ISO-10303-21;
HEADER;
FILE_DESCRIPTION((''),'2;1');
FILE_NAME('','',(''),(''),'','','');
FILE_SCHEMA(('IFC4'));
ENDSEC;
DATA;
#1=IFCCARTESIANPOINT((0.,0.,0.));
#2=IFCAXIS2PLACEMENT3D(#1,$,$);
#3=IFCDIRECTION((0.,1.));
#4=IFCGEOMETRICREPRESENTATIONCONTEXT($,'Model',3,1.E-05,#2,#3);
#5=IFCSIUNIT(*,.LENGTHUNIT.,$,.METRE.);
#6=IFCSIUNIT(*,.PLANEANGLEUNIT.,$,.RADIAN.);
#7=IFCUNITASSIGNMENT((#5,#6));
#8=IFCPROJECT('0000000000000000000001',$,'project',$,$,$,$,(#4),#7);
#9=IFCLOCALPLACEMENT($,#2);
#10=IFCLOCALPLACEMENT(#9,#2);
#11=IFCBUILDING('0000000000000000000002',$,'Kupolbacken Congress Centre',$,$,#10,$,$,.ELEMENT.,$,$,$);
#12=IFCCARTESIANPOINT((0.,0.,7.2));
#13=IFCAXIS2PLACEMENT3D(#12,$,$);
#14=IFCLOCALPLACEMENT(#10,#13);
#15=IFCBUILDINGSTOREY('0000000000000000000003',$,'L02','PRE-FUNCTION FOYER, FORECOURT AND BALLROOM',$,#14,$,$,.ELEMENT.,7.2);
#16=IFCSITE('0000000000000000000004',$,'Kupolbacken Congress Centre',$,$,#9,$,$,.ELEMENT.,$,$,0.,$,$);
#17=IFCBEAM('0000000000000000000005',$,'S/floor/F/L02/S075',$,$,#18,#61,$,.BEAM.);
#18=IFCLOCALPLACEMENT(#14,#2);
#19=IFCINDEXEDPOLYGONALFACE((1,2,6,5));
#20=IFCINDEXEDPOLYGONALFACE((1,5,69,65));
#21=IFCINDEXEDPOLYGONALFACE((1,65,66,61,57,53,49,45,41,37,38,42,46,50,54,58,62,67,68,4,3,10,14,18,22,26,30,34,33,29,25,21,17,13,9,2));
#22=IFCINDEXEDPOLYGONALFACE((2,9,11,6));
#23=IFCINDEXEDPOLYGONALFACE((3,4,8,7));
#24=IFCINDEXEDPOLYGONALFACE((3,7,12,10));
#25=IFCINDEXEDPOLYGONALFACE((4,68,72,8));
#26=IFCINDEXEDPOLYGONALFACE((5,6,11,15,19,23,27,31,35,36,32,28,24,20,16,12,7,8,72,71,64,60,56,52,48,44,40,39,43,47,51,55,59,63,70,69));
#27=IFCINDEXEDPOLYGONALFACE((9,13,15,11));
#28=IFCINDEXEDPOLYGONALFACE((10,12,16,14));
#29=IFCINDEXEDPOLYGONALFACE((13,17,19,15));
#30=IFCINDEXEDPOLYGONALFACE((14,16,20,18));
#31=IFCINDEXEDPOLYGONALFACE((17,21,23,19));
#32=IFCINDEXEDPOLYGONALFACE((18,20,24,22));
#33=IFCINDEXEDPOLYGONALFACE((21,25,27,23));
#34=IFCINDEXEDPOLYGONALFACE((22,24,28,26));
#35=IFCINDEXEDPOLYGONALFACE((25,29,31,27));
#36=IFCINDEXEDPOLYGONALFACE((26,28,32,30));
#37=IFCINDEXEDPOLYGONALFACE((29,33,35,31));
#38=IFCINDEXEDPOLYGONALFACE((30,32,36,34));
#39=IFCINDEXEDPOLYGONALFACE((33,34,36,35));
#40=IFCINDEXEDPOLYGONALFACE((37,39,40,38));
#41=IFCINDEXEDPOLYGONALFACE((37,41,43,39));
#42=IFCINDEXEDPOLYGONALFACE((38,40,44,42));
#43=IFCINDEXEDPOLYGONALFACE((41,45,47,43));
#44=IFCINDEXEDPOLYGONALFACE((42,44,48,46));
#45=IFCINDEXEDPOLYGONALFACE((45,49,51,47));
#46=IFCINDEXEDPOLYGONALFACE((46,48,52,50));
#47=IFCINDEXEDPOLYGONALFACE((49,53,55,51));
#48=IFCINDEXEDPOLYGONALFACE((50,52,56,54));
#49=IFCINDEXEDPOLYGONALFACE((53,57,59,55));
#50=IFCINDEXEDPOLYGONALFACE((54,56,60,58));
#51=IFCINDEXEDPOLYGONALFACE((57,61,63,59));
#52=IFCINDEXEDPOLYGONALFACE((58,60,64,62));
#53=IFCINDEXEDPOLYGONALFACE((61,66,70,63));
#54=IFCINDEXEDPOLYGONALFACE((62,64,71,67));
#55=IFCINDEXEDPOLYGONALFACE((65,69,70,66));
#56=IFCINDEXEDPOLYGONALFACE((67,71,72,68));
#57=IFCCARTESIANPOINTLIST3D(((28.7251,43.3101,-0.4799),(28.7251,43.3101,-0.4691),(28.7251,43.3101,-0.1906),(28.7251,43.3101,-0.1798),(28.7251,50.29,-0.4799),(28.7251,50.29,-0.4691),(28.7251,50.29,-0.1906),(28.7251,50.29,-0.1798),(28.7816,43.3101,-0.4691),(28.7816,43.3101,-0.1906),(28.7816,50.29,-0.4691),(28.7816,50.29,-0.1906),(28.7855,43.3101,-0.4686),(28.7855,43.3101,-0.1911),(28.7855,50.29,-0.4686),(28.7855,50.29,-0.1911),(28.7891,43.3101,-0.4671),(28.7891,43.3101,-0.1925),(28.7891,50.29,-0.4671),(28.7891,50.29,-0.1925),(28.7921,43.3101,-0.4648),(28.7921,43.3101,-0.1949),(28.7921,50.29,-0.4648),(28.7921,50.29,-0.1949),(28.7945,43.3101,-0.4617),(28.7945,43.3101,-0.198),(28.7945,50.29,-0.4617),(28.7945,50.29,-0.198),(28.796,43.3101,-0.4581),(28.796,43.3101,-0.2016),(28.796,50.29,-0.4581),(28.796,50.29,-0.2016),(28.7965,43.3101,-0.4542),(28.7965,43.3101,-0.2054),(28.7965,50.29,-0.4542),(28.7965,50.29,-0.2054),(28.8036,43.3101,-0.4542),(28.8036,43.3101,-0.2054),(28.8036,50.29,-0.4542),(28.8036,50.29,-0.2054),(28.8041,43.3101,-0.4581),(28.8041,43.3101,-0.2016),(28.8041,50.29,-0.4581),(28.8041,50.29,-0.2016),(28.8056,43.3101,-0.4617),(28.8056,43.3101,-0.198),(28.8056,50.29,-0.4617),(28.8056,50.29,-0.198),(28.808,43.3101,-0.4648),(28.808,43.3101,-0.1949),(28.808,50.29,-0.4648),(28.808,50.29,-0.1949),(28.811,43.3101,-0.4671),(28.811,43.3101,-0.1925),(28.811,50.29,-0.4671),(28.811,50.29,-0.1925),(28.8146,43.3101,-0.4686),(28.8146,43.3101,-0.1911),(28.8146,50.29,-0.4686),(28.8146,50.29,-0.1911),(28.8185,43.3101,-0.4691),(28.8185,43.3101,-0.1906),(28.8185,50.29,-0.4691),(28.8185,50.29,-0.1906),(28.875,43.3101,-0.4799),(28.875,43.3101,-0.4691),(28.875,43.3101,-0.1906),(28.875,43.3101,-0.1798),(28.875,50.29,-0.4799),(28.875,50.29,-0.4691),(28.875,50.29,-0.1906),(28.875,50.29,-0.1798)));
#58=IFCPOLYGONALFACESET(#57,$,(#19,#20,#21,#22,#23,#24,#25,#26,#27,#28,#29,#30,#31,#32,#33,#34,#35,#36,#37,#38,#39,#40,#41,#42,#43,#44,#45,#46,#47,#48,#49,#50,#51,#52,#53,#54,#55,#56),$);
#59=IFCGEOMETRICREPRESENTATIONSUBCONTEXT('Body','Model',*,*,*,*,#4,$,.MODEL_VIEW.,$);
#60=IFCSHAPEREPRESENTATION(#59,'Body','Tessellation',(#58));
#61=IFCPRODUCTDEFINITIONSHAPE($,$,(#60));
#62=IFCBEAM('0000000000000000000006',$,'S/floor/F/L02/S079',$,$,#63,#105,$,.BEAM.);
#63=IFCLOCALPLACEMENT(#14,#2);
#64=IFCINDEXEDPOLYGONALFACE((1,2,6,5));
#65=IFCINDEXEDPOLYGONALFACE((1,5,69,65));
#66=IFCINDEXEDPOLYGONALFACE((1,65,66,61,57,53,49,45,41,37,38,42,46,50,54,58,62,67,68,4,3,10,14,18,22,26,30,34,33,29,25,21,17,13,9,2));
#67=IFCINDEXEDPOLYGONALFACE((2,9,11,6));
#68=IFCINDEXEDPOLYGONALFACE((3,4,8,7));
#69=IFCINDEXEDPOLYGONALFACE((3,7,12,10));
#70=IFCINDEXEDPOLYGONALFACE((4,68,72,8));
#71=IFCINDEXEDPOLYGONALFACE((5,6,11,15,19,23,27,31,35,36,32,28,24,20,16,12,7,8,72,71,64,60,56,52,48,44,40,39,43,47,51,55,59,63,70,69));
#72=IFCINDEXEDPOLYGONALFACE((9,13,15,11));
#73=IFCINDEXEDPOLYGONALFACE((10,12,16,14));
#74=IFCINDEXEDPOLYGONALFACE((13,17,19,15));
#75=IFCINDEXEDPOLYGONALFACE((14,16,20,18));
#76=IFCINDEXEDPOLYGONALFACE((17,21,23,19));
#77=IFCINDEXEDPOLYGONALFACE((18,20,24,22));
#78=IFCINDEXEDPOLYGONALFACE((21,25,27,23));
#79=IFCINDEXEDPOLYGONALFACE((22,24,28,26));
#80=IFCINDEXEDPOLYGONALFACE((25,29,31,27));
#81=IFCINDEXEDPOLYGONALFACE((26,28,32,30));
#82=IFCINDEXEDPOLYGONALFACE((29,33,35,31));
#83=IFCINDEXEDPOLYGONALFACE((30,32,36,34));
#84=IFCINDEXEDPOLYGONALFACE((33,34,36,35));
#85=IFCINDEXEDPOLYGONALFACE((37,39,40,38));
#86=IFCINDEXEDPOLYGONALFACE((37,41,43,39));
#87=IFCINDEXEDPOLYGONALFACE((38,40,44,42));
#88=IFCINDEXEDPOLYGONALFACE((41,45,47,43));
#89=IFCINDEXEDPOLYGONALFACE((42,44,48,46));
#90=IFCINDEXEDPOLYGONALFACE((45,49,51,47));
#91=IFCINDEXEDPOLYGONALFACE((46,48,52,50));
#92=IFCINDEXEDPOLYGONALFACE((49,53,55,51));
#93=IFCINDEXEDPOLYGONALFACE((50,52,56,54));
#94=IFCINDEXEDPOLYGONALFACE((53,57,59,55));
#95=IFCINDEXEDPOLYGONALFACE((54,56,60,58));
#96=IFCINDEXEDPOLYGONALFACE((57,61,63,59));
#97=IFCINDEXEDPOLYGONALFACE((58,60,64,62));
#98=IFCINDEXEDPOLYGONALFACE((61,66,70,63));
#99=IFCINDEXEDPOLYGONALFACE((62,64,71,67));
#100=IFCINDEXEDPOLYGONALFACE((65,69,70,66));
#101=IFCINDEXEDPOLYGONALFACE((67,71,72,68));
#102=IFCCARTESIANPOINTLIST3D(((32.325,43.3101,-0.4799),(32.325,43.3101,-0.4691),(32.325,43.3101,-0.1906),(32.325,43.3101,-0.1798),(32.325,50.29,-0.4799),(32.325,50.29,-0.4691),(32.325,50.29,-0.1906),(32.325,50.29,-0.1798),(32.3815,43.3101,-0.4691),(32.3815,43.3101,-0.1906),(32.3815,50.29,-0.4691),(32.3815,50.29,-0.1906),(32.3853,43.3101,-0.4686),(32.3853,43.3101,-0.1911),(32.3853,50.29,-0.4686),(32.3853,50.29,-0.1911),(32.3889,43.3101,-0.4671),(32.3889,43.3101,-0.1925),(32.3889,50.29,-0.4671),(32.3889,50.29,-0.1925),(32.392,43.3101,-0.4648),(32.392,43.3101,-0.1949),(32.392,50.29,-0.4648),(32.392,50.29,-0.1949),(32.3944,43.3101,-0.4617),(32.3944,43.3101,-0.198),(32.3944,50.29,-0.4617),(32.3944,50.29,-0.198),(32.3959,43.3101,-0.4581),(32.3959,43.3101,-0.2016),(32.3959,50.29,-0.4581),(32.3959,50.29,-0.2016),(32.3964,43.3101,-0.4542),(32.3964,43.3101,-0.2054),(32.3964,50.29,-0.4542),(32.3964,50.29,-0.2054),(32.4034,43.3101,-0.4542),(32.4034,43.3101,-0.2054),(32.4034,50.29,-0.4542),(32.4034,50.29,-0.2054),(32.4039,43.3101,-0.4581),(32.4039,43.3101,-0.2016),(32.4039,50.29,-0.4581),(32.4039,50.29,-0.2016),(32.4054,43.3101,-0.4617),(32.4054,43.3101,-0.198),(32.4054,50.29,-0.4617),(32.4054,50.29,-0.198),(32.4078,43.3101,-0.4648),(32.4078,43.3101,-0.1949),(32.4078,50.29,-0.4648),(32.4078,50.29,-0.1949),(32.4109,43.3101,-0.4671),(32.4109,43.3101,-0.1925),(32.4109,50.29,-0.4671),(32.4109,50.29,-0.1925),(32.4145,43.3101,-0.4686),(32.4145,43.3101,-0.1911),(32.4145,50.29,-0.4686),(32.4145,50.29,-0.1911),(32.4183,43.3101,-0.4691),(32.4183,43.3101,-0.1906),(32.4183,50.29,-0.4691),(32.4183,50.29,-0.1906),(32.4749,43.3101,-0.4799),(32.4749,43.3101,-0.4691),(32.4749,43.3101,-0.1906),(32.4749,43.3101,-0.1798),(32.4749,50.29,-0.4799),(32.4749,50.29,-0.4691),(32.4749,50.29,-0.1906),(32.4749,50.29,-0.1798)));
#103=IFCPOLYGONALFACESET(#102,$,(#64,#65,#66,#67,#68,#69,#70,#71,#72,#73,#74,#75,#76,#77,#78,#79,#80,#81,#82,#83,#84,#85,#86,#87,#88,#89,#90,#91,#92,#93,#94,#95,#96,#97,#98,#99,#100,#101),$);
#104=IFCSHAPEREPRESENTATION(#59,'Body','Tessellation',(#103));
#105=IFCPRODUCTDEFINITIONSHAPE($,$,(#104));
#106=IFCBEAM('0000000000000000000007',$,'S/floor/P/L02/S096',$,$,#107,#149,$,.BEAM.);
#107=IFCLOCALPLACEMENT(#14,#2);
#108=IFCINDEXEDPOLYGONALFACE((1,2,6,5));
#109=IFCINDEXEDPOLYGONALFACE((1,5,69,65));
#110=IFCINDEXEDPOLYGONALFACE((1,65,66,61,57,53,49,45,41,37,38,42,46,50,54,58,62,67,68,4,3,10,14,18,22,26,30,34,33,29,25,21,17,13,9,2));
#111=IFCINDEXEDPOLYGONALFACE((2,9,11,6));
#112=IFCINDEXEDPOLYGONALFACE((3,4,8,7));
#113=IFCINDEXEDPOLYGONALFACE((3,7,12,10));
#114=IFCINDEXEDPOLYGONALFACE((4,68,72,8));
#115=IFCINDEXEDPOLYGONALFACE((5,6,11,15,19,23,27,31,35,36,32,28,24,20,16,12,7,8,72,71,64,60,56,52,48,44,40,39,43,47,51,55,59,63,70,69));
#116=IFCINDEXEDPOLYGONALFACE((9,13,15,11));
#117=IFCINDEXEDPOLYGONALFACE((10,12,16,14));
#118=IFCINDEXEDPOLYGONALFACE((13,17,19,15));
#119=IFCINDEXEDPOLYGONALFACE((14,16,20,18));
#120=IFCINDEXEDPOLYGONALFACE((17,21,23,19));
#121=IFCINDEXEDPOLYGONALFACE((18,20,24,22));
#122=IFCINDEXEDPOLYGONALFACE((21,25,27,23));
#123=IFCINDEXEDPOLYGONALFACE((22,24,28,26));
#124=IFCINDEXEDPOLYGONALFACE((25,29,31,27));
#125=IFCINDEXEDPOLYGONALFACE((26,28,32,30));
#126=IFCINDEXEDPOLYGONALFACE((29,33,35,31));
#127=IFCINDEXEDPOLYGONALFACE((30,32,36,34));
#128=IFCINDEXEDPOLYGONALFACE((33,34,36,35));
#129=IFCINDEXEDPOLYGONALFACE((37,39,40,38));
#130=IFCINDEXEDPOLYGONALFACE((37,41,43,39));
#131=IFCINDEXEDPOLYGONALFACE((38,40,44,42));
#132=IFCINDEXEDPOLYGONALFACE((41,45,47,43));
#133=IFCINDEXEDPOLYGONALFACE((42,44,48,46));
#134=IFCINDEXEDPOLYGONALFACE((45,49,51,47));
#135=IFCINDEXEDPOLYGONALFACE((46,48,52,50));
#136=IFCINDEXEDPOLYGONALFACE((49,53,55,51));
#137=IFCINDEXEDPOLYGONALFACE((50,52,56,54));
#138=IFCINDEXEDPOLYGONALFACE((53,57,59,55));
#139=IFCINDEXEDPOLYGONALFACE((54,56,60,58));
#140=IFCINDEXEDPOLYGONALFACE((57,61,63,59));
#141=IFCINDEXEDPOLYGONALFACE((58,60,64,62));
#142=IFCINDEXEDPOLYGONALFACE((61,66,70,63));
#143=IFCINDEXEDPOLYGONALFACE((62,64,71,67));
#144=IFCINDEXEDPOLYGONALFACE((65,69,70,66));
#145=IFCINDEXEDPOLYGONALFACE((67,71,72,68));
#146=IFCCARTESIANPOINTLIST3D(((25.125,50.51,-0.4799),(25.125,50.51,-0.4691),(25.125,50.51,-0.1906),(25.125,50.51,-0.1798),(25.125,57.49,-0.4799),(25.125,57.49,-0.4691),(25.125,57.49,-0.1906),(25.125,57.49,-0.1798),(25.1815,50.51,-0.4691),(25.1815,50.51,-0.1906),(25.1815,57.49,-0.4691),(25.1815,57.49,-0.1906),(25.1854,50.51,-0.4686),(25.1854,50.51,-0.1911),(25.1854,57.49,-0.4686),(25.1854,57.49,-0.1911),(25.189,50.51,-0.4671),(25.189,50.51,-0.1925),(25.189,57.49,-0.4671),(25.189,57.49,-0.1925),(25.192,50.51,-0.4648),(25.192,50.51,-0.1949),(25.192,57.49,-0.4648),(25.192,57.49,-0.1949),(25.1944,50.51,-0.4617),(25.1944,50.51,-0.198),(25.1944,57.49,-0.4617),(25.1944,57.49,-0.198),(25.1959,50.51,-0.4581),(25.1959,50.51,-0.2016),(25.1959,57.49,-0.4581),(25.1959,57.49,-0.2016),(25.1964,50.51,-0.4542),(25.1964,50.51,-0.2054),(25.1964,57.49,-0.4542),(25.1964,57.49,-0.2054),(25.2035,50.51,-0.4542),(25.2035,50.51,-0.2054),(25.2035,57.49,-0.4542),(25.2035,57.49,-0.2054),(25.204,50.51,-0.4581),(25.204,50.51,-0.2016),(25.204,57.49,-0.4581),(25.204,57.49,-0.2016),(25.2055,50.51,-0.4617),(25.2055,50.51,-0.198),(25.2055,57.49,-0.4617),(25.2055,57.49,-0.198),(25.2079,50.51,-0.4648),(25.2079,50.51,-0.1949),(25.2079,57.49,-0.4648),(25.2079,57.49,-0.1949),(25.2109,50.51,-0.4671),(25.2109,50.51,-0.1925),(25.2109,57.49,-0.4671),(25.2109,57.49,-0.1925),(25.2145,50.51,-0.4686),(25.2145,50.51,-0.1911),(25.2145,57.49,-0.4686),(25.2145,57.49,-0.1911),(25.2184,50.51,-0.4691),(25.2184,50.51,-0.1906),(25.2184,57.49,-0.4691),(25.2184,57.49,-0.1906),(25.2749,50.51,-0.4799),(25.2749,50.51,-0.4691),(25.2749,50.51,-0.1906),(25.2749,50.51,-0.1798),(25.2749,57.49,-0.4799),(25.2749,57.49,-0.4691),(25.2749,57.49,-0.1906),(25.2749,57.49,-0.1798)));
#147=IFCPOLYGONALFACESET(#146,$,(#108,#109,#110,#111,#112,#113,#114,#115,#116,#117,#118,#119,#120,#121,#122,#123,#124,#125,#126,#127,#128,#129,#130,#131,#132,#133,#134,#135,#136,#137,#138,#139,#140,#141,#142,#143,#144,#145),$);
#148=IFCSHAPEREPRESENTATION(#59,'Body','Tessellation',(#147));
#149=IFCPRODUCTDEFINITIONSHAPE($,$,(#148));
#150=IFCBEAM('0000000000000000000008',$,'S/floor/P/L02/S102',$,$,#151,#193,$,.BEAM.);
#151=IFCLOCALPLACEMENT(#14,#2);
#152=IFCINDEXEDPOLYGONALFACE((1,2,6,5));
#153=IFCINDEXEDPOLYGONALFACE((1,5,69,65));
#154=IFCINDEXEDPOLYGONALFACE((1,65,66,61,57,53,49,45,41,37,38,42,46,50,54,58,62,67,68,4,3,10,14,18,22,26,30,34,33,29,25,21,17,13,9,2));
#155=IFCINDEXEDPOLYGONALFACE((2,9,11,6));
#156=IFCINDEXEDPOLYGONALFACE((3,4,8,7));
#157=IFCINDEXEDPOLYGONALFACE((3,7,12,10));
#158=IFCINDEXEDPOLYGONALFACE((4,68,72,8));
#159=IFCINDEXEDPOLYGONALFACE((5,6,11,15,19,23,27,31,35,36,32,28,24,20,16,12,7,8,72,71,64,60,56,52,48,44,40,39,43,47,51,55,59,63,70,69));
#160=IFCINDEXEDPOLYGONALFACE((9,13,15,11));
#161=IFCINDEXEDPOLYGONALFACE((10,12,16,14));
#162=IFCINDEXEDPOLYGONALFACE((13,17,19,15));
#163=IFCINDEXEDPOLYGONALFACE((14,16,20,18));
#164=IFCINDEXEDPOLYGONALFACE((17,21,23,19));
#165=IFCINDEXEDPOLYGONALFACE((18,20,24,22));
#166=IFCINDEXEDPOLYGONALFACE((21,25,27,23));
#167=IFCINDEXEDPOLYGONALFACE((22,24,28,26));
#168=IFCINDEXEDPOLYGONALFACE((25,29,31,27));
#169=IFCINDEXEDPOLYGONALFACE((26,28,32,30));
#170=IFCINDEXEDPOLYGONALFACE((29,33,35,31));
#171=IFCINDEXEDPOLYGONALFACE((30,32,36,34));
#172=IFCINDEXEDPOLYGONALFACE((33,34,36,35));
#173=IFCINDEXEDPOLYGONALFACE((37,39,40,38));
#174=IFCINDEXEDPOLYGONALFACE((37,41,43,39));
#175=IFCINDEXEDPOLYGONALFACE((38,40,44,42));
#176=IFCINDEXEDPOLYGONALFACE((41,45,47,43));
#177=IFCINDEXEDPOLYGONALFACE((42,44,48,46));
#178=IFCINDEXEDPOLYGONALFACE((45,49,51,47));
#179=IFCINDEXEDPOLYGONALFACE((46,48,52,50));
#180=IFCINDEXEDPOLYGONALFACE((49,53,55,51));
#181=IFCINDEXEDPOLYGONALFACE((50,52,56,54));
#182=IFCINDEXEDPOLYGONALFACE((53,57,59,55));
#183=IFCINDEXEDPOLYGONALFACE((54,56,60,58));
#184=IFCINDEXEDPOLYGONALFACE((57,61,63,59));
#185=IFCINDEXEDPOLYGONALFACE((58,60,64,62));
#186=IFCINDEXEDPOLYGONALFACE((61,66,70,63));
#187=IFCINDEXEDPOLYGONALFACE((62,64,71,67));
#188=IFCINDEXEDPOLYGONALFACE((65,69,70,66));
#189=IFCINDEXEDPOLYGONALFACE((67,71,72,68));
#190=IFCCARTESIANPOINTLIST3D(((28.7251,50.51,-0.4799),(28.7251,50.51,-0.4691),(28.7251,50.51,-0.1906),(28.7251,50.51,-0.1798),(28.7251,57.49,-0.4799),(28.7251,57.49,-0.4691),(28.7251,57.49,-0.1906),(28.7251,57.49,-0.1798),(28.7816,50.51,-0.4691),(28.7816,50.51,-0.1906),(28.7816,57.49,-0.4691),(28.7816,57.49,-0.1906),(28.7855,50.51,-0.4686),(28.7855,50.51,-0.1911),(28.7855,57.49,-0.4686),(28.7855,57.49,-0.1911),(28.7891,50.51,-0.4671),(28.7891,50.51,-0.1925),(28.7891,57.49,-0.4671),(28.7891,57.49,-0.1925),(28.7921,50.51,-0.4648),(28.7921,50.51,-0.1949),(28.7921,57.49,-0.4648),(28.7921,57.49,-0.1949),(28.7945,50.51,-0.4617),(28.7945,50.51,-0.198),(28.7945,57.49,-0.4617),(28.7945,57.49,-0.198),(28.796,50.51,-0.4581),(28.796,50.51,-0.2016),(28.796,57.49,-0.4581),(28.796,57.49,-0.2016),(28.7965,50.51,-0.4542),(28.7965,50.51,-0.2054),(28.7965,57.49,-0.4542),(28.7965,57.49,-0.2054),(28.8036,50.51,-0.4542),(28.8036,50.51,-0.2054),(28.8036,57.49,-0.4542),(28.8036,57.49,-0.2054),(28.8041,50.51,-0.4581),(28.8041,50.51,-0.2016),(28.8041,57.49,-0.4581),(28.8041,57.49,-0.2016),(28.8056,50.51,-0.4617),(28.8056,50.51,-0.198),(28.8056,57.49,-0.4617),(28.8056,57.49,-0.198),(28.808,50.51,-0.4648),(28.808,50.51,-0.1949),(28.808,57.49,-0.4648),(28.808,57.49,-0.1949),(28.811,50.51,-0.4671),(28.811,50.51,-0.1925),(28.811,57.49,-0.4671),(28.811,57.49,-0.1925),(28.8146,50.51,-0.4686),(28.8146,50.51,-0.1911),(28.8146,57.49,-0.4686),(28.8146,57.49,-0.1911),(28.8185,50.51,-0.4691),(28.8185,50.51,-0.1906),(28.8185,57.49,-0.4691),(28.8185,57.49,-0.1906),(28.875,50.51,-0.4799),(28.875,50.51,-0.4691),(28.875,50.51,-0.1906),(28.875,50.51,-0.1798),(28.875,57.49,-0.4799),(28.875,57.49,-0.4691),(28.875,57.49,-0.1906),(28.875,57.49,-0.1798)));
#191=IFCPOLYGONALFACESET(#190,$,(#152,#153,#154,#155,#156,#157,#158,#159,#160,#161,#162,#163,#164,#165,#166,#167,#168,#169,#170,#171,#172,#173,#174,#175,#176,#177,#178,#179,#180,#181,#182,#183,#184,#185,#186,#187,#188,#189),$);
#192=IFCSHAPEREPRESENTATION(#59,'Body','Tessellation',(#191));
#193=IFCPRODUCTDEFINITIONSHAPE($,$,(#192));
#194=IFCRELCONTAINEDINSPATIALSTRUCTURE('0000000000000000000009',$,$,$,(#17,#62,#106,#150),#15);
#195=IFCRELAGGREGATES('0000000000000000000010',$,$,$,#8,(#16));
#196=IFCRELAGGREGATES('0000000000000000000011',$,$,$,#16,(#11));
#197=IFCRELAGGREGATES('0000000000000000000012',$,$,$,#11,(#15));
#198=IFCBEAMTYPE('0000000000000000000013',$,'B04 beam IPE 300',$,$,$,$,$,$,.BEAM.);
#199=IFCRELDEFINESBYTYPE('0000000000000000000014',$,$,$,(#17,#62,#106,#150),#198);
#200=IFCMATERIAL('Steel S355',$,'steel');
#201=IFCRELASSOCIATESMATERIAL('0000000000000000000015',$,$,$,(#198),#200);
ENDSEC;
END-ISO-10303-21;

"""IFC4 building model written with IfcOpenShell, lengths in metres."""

from ifc_helpers import new_model, si_unit, direction, frame, origin, origin_2d, place, context, subcontext, project, spatial, i_section, extrude, material, material_profile, profile_set, type_object, element, save


model = new_model("IFC4")

# Units and contexts
model_context = context("Model", 3, precision=1e-05, world=origin(), true_north=direction((0.0, 1.0)))
body_context = subcontext(model_context, "Body", "Model", "MODEL_VIEW")
ifc_project = project(units=[si_unit("LENGTHUNIT", "METRE"), si_unit("PLANEANGLEUNIT", "RADIAN")], contexts=[model_context])

# Site, building, storey
site_placement = place(None, origin())
site = spatial("IfcSite", under=ifc_project, at=site_placement, Name="Kupolbacken Congress Centre", CompositionType="ELEMENT", RefElevation=0.0)
building_placement = place(site_placement, origin())
building = spatial("IfcBuilding", under=site, at=building_placement, Name="Kupolbacken Congress Centre", CompositionType="ELEMENT")
storey_placement = place(building_placement, frame((0.0, 0.0, 7.2)))
storey = spatial("IfcBuildingStorey", under=building, at=storey_placement, Name="L02", Description="PRE-FUNCTION FOYER, FORECOURT AND BALLROOM", CompositionType="ELEMENT", Elevation=7.2)

# Beams
ifc_material_1 = material(Name="Steel S355", Category="steel")
ifc_material_profile_1 = material_profile(ifc_material_1, i_section(OverallWidth=0.1499, OverallDepth=0.3, WebThickness=0.0071, FlangeThickness=0.0107, FilletRadius=0.0149, at=origin_2d()), Name="IPE 300")
ifc_profile_set_1 = profile_set([ifc_material_profile_1], Name="Steel S355")
beam_type_1 = type_object("IfcBeamType", Name="B04 beam IPE 300", PredefinedType="BEAM", material=ifc_profile_set_1)
for number, where, z_axis, x_axis, name in (
    (1, (28.8, 43.3101, -0.3298), (0.0, 1.0, 0.0), (-1.0, 0.0, 0.0), "S/floor/F/L02/S075"),
    (2, (32.3999, 43.3101, -0.3298), (0.0, 1.0, 0.0), (-1.0, 0.0, 0.0), "S/floor/F/L02/S079"),
    (3, (25.2, 50.51, -0.3298), (0.0, 1.0, 0.0), (-1.0, 0.0, 0.0), "S/floor/P/L02/S096"),
    (4, (28.8, 50.51, -0.3298), (0.0, 1.0, 0.0), (-1.0, 0.0, 0.0), "S/floor/P/L02/S102"),
):
    element("IfcBeam", number, at=place(storey_placement, frame(where, z_axis=z_axis, x_axis=x_axis)), inside=storey, type_object=beam_type_1, Name=name, PredefinedType="BEAM", context=body_context, shape_type="SweptSolid", body=[
        extrude(i_section(OverallWidth=0.1499, OverallDepth=0.3, WebThickness=0.0071, FlangeThickness=0.0107, FilletRadius=0.0149, at=origin_2d()), origin(), (0.0, 0.0, 1.0), 6.98),
    ])

save(model, "model.ifc")
